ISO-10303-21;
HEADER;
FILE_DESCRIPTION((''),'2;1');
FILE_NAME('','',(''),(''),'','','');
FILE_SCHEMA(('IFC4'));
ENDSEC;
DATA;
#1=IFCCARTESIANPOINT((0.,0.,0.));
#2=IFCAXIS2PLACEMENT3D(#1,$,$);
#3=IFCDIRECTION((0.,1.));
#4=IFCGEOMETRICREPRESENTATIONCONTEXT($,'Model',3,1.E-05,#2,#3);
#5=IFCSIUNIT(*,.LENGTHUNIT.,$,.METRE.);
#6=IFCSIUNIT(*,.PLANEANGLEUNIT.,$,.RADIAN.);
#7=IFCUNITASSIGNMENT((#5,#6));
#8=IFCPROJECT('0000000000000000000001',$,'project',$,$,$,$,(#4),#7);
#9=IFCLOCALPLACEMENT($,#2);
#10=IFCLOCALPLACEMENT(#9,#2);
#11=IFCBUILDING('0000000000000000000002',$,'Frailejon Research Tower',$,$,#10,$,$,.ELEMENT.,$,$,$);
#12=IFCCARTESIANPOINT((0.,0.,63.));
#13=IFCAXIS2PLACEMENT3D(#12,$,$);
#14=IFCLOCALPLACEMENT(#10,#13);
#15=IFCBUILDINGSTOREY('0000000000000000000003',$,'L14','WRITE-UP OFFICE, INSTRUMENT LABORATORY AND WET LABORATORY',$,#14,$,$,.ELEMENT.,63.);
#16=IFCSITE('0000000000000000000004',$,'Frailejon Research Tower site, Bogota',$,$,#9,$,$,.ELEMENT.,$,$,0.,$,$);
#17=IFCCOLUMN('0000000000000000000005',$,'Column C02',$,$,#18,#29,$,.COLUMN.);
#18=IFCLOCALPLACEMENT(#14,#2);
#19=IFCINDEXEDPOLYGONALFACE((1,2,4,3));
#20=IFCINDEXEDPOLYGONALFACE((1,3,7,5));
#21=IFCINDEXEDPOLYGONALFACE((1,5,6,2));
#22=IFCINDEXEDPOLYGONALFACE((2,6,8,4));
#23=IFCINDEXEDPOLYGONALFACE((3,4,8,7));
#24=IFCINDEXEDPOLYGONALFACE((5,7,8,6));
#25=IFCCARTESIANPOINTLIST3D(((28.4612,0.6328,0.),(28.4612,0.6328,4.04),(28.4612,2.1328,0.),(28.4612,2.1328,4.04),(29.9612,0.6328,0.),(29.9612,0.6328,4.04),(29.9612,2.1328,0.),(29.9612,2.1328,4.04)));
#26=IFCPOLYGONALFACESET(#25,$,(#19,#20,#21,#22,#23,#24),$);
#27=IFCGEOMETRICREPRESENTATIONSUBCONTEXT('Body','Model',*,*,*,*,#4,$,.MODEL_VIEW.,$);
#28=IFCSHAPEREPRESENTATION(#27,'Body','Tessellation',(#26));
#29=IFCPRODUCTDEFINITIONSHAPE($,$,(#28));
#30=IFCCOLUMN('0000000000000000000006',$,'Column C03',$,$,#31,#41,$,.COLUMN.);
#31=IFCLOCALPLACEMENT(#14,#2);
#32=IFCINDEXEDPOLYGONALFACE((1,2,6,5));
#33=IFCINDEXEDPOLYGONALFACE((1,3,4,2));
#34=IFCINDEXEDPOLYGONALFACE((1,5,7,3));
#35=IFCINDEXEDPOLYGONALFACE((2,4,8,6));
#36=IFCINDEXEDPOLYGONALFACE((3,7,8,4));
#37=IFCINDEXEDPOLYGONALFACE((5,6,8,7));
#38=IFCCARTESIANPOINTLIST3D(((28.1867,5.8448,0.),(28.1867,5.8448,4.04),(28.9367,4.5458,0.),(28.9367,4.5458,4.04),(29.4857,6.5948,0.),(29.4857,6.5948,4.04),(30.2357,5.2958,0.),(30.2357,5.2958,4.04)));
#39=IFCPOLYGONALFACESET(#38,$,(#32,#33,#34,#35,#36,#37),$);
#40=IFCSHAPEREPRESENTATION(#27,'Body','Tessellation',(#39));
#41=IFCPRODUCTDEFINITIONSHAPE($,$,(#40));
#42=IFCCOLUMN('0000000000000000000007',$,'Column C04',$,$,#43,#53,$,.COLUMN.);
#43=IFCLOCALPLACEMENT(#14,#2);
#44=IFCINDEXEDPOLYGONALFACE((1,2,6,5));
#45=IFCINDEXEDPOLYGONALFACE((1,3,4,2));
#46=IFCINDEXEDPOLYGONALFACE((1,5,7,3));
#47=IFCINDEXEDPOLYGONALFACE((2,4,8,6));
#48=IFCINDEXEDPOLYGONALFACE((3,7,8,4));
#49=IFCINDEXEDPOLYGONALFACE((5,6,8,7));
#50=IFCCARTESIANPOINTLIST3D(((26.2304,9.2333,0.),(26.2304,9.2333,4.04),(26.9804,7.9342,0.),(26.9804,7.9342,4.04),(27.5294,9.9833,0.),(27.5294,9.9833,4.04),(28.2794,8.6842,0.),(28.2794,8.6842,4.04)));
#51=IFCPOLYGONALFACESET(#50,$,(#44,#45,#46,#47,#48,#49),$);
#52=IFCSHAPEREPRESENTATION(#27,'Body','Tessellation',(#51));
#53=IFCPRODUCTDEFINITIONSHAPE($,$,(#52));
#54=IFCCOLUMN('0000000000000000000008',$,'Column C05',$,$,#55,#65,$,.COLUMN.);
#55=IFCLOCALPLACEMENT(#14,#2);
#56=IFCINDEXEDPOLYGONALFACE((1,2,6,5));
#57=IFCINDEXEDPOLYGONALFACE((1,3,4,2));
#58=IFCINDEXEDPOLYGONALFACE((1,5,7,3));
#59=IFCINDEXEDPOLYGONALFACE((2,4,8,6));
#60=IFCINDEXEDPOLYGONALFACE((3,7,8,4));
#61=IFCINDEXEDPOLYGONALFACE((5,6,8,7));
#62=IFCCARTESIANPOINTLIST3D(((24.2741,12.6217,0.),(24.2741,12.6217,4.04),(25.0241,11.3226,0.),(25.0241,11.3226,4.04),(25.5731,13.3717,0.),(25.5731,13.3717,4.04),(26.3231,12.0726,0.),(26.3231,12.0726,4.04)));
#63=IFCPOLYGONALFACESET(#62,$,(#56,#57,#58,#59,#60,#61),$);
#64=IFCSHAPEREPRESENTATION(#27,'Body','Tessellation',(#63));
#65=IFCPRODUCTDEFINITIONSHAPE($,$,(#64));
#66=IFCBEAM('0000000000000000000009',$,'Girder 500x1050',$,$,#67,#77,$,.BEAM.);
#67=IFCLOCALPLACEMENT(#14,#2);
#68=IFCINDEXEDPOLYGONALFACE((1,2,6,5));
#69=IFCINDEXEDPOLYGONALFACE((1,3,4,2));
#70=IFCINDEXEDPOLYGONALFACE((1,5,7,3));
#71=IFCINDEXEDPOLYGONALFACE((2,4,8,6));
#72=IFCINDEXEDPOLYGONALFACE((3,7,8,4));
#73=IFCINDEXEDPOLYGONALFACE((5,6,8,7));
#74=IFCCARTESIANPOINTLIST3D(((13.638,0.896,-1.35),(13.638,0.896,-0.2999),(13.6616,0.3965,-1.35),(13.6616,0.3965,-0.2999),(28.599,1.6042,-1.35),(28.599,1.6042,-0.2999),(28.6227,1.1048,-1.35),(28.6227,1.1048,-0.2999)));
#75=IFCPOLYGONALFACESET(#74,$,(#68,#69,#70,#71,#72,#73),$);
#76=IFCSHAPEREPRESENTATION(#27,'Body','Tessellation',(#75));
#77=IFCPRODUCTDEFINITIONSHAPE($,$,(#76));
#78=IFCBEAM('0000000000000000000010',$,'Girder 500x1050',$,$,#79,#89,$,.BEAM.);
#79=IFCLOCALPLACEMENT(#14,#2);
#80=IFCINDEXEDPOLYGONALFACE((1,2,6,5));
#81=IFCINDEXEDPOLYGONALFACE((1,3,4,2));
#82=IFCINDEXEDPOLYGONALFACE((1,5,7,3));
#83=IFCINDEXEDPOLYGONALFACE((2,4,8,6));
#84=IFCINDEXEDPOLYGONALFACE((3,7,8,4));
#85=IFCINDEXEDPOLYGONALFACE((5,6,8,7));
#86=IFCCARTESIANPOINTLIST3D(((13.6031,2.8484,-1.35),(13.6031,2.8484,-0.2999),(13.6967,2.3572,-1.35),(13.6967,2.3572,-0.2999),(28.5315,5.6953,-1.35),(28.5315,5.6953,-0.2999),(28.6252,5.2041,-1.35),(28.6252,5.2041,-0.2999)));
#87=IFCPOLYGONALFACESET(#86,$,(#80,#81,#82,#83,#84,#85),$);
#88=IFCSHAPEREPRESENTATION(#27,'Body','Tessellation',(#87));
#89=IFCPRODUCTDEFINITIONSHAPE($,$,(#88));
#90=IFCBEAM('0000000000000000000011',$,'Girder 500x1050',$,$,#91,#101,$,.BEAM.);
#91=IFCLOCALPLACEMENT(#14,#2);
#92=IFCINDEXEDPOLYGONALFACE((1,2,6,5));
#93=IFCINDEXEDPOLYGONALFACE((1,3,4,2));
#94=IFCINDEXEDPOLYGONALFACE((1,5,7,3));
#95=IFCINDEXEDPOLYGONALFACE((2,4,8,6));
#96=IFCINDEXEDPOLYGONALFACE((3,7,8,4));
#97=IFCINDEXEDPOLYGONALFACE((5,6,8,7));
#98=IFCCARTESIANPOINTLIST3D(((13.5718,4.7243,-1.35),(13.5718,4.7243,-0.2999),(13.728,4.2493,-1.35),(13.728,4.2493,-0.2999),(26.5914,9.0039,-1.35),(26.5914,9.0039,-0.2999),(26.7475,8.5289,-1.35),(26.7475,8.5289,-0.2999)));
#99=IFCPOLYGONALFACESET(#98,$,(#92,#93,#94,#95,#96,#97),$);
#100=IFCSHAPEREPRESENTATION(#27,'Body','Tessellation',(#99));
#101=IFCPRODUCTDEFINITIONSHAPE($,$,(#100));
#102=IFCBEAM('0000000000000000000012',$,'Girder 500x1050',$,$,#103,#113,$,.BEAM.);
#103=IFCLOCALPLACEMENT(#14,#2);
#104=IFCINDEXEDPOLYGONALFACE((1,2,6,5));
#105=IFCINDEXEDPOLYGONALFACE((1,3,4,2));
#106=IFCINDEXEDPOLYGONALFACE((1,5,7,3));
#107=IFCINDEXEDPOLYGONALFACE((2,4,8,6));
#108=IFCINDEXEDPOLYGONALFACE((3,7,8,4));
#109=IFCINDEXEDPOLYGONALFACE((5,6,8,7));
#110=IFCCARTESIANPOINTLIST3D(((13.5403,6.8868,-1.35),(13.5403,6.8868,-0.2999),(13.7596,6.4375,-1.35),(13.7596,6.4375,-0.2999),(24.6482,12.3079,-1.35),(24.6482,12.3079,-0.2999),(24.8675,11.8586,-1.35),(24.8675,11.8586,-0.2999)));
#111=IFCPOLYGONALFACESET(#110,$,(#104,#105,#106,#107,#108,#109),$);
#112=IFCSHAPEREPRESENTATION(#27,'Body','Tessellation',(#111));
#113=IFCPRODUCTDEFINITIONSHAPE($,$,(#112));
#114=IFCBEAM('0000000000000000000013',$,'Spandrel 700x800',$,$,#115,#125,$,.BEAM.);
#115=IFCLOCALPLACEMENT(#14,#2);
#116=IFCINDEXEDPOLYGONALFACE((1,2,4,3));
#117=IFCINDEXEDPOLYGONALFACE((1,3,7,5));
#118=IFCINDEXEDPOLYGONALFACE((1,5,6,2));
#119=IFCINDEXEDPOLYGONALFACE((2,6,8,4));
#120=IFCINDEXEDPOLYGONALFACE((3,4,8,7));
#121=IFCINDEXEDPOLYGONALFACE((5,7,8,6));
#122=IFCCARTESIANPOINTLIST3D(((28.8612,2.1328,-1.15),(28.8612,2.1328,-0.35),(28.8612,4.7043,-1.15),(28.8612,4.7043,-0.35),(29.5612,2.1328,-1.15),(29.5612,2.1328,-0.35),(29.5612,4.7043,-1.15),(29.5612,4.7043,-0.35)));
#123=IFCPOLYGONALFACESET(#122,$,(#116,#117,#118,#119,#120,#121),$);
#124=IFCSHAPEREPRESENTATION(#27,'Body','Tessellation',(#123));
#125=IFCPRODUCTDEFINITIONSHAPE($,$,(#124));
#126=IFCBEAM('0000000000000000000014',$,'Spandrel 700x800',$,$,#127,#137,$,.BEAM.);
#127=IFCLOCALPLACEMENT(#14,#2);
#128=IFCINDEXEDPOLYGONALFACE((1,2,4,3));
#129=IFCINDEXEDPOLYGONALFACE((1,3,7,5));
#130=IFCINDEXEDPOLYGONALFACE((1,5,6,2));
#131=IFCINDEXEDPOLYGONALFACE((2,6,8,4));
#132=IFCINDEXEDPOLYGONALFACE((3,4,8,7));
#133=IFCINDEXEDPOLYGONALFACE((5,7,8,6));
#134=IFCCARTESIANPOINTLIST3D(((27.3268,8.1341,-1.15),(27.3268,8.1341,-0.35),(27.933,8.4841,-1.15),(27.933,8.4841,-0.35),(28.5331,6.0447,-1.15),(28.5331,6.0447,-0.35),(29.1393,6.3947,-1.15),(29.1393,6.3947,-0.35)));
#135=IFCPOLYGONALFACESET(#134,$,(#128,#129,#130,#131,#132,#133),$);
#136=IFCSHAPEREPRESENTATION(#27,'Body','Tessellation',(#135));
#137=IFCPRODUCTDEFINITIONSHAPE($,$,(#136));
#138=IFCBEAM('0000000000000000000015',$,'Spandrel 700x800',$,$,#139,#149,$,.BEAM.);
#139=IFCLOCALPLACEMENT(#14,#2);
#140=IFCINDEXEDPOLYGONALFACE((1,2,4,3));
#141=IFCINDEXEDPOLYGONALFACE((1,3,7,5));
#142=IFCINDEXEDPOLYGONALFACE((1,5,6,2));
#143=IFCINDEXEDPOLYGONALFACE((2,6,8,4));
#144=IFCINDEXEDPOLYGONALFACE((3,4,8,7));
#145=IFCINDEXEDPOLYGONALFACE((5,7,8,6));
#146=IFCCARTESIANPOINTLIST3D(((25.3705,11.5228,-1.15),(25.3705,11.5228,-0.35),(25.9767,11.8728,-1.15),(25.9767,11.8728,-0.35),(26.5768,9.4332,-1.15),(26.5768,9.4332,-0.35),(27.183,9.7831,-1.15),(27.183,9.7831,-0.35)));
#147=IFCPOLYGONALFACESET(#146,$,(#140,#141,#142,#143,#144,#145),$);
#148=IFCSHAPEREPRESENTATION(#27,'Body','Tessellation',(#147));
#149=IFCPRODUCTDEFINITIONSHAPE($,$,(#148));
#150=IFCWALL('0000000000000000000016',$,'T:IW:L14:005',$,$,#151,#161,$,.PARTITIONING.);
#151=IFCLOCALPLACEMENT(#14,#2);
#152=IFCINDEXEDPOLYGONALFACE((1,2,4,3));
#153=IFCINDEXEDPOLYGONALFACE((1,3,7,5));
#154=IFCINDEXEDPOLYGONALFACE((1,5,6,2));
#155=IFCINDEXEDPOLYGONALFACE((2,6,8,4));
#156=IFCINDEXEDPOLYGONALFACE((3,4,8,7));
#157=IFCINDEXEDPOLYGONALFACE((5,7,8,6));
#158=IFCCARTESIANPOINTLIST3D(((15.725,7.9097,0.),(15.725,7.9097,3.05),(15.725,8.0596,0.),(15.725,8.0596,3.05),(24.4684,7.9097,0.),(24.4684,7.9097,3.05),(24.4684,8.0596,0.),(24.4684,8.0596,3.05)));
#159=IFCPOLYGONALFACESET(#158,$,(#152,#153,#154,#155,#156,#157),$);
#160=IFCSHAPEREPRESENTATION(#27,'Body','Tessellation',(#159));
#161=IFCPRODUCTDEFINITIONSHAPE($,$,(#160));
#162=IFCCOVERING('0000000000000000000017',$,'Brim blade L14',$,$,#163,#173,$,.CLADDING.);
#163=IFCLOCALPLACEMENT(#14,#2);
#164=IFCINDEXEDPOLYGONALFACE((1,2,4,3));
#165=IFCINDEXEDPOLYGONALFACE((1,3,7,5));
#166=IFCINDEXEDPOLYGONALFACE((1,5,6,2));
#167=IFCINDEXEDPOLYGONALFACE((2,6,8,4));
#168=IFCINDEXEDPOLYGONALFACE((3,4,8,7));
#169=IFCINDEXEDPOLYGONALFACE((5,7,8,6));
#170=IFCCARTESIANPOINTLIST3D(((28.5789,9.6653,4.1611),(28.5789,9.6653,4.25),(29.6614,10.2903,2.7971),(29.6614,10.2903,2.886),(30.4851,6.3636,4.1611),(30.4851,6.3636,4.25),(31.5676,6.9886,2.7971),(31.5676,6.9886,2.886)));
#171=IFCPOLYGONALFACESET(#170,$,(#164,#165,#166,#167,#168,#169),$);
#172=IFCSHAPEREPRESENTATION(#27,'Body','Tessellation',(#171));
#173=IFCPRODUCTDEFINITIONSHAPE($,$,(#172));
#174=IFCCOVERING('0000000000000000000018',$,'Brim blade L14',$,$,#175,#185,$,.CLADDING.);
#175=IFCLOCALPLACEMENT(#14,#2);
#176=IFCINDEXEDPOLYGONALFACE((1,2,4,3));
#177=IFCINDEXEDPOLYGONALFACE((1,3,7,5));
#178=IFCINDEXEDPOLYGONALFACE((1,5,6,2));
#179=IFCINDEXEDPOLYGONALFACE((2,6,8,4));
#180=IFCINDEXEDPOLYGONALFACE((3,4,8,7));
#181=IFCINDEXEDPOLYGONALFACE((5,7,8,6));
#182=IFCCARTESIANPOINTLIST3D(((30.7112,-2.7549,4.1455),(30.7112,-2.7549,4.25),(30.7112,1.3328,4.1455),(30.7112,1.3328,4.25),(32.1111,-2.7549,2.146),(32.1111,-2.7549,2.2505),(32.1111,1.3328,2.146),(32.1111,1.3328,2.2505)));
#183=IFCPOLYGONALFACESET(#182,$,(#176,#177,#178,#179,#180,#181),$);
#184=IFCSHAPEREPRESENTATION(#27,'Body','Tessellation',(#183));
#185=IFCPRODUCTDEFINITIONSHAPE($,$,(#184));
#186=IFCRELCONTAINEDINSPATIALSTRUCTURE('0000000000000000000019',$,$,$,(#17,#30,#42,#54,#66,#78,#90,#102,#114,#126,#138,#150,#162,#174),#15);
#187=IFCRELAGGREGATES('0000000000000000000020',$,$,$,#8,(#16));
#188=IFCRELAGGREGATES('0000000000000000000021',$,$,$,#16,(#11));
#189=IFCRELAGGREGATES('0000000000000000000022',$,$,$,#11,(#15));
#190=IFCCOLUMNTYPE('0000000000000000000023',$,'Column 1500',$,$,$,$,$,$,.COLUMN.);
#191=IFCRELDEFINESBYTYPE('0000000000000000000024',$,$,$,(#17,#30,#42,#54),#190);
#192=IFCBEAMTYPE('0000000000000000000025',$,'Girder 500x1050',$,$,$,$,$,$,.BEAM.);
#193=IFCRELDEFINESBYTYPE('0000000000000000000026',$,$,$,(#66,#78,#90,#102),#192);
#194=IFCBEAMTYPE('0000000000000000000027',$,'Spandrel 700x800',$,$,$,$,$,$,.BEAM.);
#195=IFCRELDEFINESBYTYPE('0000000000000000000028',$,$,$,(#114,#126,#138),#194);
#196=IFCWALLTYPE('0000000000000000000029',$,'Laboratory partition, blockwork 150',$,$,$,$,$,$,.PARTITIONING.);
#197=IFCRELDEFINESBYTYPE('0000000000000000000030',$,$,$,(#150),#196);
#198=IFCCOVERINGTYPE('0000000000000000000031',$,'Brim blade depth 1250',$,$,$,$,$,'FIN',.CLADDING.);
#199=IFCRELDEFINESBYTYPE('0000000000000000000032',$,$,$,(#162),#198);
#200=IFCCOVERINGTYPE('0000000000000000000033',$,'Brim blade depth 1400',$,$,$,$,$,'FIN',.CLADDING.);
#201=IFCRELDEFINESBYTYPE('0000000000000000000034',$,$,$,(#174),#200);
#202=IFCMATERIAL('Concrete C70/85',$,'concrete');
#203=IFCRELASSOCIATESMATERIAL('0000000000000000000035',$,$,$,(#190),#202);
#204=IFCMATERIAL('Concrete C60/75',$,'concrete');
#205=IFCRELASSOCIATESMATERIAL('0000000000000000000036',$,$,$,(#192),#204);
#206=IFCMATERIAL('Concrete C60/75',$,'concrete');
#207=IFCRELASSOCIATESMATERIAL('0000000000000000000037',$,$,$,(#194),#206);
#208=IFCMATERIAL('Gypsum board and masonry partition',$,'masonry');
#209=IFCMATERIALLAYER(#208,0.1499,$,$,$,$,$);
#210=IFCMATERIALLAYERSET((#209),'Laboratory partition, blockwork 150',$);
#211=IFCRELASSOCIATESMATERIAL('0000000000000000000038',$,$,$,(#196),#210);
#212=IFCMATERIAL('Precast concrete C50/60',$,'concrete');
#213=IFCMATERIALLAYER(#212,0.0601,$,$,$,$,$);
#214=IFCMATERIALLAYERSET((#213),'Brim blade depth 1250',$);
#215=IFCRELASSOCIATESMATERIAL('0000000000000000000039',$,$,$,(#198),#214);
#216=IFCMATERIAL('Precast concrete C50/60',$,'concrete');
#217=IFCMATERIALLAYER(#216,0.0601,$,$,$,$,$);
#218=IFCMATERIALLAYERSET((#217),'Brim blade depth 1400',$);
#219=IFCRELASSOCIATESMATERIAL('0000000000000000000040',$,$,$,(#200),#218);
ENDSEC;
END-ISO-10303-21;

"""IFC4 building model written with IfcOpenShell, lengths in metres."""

from ifc_helpers import new_model, si_unit, direction, frame, frame_2d, origin, origin_2d, place, context, subcontext, project, spatial, polyline, rectangle, outline, extrude, material, layer, layer_set, material_profile, profile_set, type_object, element, save


model = new_model("IFC4")

# Units and contexts
model_context = context("Model", 3, precision=1e-05, world=origin(), true_north=direction((0.0, 1.0)))
body_context = subcontext(model_context, "Body", "Model", "MODEL_VIEW")
ifc_project = project(units=[si_unit("LENGTHUNIT", "METRE"), si_unit("PLANEANGLEUNIT", "RADIAN")], contexts=[model_context])

# Site, building, storey
site_placement = place(None, origin())
site = spatial("IfcSite", under=ifc_project, at=site_placement, Name="Frailejon Research Tower site, Bogota", CompositionType="ELEMENT", RefElevation=0.0)
building_placement = place(site_placement, origin())
building = spatial("IfcBuilding", under=site, at=building_placement, Name="Frailejon Research Tower", CompositionType="ELEMENT")
storey_placement = place(building_placement, frame((0.0, 0.0, 63.0)))
storey = spatial("IfcBuildingStorey", under=building, at=storey_placement, Name="L14", Description="WRITE-UP OFFICE, INSTRUMENT LABORATORY AND WET LABORATORY", CompositionType="ELEMENT", Elevation=63.0)

# Columns
ifc_material_1 = material(Name="Concrete C70/85", Category="concrete")
ifc_material_profile_1 = material_profile(ifc_material_1, rectangle(XDim=1.5, YDim=1.5, at=origin_2d()), Name="Column 1500")
ifc_profile_set_1 = profile_set([ifc_material_profile_1], Name="Concrete C70/85")
column_type = type_object("IfcColumnType", Name="Column 1500", PredefinedType="COLUMN", material=ifc_profile_set_1)
for number, where, z_axis, x_axis, name in (
    (1, (29.2112, 1.3828, 0.0), (0.0, 0.0, 1.0), (0.0, 1.0, 0.0), "Column C02"),
    (2, (29.2112, 5.5703, 0.0), (0.0, 0.0, 1.0), (-0.5, 0.866025, 0.0), "Column C03"),
    (3, (27.2549, 8.9587, 0.0), (0.0, 0.0, 1.0), (-0.5, 0.866025, 0.0), "Column C04"),
    (4, (25.2986, 12.3472, 0.0), (0.0, 0.0, 1.0), (-0.5, 0.866025, 0.0), "Column C05"),
):
    element("IfcColumn", number, at=place(storey_placement, frame(where, z_axis=z_axis, x_axis=x_axis)), inside=storey, type_object=column_type, Name=name, PredefinedType="COLUMN", context=body_context, shape_type="SweptSolid", body=[
        extrude(rectangle(XDim=1.5, YDim=1.5, at=origin_2d()), origin(), (0.0, 0.0, 1.0), 4.04),
    ])

# Beams
ifc_material_2 = material(Name="Concrete C60/75", Category="concrete")
ifc_material_profile_2 = material_profile(ifc_material_2, rectangle(XDim=0.5, YDim=1.05, at=origin_2d()), Name="Girder 500x1050")
ifc_profile_set_2 = profile_set([ifc_material_profile_2], Name="Concrete C60/75")
beam_type_1 = type_object("IfcBeamType", Name="Girder 500x1050", PredefinedType="BEAM", material=ifc_profile_set_2)
beam_1_placement = place(storey_placement, frame((28.6108, 1.3545, -0.825), z_axis=(-0.998881, -0.047287, 0.0), x_axis=(0.047287, -0.998881, 0.0)))
element("IfcBeam", 5, at=beam_1_placement, inside=storey, type_object=beam_type_1, Name="Girder 500x1050", PredefinedType="BEAM", context=body_context, shape_type="SweptSolid", body=[
    extrude(rectangle(XDim=0.5, YDim=1.05, at=origin_2d()), origin(), (0.0, 0.0, 1.0), 14.9778),
])
beam_2_placement = place(storey_placement, frame((28.5784, 5.4497, -0.825), z_axis=(-0.982297, -0.187328, 0.0), x_axis=(0.187328, -0.982297, 0.0)))
element("IfcBeam", 6, at=beam_2_placement, inside=storey, type_object=beam_type_1, Name="Girder 500x1050", PredefinedType="BEAM", context=body_context, shape_type="SweptSolid", body=[
    extrude(rectangle(XDim=0.5, YDim=1.05, at=origin_2d()), origin(), (0.0, 0.0, 1.0), 15.1975),
])
beam_3_placement = place(storey_placement, frame((26.6694, 8.7664, -0.825), z_axis=(-0.949995, -0.312265, 0.0), x_axis=(0.312265, -0.949995, 0.0)))
element("IfcBeam", 7, at=beam_3_placement, inside=storey, type_object=beam_type_1, Name="Girder 500x1050", PredefinedType="BEAM", context=body_context, shape_type="SweptSolid", body=[
    extrude(rectangle(XDim=0.5, YDim=1.05, at=origin_2d()), origin(), (0.0, 0.0, 1.0), 13.7048),
])
beam_4_placement = place(storey_placement, frame((24.7578, 12.0833, -0.825), z_axis=(-0.898684, -0.438597, 0.0), x_axis=(0.438597, -0.898684, 0.0)))
element("IfcBeam", 8, at=beam_4_placement, inside=storey, type_object=beam_type_1, Name="Girder 500x1050", PredefinedType="BEAM", context=body_context, shape_type="SweptSolid", body=[
    extrude(rectangle(XDim=0.5, YDim=1.05, at=origin_2d()), origin(), (0.0, 0.0, 1.0), 12.3601),
])
ifc_material_3 = material(Name="Concrete C60/75", Category="concrete")
ifc_material_profile_3 = material_profile(ifc_material_3, rectangle(XDim=0.7, YDim=0.8, at=origin_2d()), Name="Spandrel 700x800")
ifc_profile_set_3 = profile_set([ifc_material_profile_3], Name="Concrete C60/75")
beam_type_2 = type_object("IfcBeamType", Name="Spandrel 700x800", PredefinedType="BEAM", material=ifc_profile_set_3)
beam_5_placement = place(storey_placement, frame((29.2112, 2.1328, -0.75), z_axis=(0.0, 1.0, 0.0), x_axis=(-1.0, 0.0, 0.0)))
element("IfcBeam", 9, at=beam_5_placement, inside=storey, type_object=beam_type_2, Name="Spandrel 700x800", PredefinedType="BEAM", context=body_context, shape_type="SweptSolid", body=[
    extrude(rectangle(XDim=0.7, YDim=0.8, at=origin_2d()), origin(), (0.0, 0.0, 1.0), 2.5715),
])
beam_6_placement = place(storey_placement, frame((28.8362, 6.2197, -0.75), z_axis=(-0.500003, 0.866024, 0.0), x_axis=(-0.866024, -0.500003, 0.0)))
element("IfcBeam", 10, at=beam_6_placement, inside=storey, type_object=beam_type_2, Name="Spandrel 700x800", PredefinedType="BEAM", context=body_context, shape_type="SweptSolid", body=[
    extrude(rectangle(XDim=0.7, YDim=0.8, at=origin_2d()), origin(), (0.0, 0.0, 1.0), 2.4126),
])
beam_7_placement = place(storey_placement, frame((26.8799, 9.6082, -0.75), z_axis=(-0.499959, 0.866049, 0.0), x_axis=(-0.866049, -0.499959, 0.0)))
element("IfcBeam", 11, at=beam_7_placement, inside=storey, type_object=beam_type_2, Name="Spandrel 700x800", PredefinedType="BEAM", context=body_context, shape_type="SweptSolid", body=[
    extrude(rectangle(XDim=0.7, YDim=0.8, at=origin_2d()), origin(), (0.0, 0.0, 1.0), 2.4128),
])

# Wall
ifc_material_4 = material(Name="Gypsum board and masonry partition", Category="masonry")
ifc_layer_1 = layer(ifc_material_4, 0.1499)
ifc_layer_set_1 = layer_set([ifc_layer_1], Name="Laboratory partition, blockwork 150")
wall_type_1 = type_object("IfcWallType", Name="Laboratory partition, blockwork 150", PredefinedType="PARTITIONING", material=ifc_layer_set_1)
wall_1_placement = place(storey_placement, frame((15.7251, 7.9846, 0.0), z_axis=(0.0, 0.0, 1.0), x_axis=(1.0, 0.0, 0.0)))
element("IfcWall", 12, at=wall_1_placement, inside=storey, type_object=wall_type_1, Name="T:IW:L14:005", PredefinedType="PARTITIONING", context=body_context, shape_type="SweptSolid", body=[
    extrude(rectangle(XDim=8.7434, YDim=0.1499, at=frame_2d((4.3716, 0.0))), origin(), (0.0, 0.0, 1.0), 3.05),
])

# Coverings
ifc_material_5 = material(Name="Precast concrete C50/60", Category="concrete")
ifc_layer_2 = layer(ifc_material_5, 0.0601)
ifc_layer_set_2 = layer_set([ifc_layer_2], Name="Brim blade depth 1250")
covering_type_1 = type_object("IfcCoveringType", Name="Brim blade depth 1250", ElementType="FIN", PredefinedType="CLADDING", material=ifc_layer_set_2)
covering_1_placement = place(storey_placement, frame((28.5789, 9.6653, 4.25), z_axis=(0.500001, -0.866025, 0.0), x_axis=(0.866025, 0.500001, 0.0)))
element("IfcCovering", 13, at=covering_1_placement, inside=storey, type_object=covering_type_1, Name="Brim blade L14", PredefinedType="CLADDING", context=body_context, shape_type="SweptSolid", body=[
    extrude(outline(polyline([(0.0, -0.0889), (1.25, -1.4529), (1.25, -1.364), (0.0, 0.0), (0.0, -0.0889)])), origin(), (0.0, 0.0, 1.0), 3.8125),
])
ifc_material_6 = material(Name="Precast concrete C50/60", Category="concrete")
ifc_layer_3 = layer(ifc_material_6, 0.0601)
ifc_layer_set_3 = layer_set([ifc_layer_3], Name="Brim blade depth 1400")
covering_type_2 = type_object("IfcCoveringType", Name="Brim blade depth 1400", ElementType="FIN", PredefinedType="CLADDING", material=ifc_layer_set_3)
covering_2_placement = place(storey_placement, frame((30.7112, 1.3328, 4.25), z_axis=(0.0, -1.0, 0.0), x_axis=(1.0, 0.0, 0.0)))
element("IfcCovering", 14, at=covering_2_placement, inside=storey, type_object=covering_type_2, Name="Brim blade L14", PredefinedType="CLADDING", context=body_context, shape_type="SweptSolid", body=[
    extrude(outline(polyline([(0.0, -0.1045), (1.3999, -2.104), (1.3999, -1.9995), (0.0, 0.0), (0.0, -0.1045)])), origin(), (0.0, 0.0, 1.0), 4.0876),
])

save(model, "model.ifc")
